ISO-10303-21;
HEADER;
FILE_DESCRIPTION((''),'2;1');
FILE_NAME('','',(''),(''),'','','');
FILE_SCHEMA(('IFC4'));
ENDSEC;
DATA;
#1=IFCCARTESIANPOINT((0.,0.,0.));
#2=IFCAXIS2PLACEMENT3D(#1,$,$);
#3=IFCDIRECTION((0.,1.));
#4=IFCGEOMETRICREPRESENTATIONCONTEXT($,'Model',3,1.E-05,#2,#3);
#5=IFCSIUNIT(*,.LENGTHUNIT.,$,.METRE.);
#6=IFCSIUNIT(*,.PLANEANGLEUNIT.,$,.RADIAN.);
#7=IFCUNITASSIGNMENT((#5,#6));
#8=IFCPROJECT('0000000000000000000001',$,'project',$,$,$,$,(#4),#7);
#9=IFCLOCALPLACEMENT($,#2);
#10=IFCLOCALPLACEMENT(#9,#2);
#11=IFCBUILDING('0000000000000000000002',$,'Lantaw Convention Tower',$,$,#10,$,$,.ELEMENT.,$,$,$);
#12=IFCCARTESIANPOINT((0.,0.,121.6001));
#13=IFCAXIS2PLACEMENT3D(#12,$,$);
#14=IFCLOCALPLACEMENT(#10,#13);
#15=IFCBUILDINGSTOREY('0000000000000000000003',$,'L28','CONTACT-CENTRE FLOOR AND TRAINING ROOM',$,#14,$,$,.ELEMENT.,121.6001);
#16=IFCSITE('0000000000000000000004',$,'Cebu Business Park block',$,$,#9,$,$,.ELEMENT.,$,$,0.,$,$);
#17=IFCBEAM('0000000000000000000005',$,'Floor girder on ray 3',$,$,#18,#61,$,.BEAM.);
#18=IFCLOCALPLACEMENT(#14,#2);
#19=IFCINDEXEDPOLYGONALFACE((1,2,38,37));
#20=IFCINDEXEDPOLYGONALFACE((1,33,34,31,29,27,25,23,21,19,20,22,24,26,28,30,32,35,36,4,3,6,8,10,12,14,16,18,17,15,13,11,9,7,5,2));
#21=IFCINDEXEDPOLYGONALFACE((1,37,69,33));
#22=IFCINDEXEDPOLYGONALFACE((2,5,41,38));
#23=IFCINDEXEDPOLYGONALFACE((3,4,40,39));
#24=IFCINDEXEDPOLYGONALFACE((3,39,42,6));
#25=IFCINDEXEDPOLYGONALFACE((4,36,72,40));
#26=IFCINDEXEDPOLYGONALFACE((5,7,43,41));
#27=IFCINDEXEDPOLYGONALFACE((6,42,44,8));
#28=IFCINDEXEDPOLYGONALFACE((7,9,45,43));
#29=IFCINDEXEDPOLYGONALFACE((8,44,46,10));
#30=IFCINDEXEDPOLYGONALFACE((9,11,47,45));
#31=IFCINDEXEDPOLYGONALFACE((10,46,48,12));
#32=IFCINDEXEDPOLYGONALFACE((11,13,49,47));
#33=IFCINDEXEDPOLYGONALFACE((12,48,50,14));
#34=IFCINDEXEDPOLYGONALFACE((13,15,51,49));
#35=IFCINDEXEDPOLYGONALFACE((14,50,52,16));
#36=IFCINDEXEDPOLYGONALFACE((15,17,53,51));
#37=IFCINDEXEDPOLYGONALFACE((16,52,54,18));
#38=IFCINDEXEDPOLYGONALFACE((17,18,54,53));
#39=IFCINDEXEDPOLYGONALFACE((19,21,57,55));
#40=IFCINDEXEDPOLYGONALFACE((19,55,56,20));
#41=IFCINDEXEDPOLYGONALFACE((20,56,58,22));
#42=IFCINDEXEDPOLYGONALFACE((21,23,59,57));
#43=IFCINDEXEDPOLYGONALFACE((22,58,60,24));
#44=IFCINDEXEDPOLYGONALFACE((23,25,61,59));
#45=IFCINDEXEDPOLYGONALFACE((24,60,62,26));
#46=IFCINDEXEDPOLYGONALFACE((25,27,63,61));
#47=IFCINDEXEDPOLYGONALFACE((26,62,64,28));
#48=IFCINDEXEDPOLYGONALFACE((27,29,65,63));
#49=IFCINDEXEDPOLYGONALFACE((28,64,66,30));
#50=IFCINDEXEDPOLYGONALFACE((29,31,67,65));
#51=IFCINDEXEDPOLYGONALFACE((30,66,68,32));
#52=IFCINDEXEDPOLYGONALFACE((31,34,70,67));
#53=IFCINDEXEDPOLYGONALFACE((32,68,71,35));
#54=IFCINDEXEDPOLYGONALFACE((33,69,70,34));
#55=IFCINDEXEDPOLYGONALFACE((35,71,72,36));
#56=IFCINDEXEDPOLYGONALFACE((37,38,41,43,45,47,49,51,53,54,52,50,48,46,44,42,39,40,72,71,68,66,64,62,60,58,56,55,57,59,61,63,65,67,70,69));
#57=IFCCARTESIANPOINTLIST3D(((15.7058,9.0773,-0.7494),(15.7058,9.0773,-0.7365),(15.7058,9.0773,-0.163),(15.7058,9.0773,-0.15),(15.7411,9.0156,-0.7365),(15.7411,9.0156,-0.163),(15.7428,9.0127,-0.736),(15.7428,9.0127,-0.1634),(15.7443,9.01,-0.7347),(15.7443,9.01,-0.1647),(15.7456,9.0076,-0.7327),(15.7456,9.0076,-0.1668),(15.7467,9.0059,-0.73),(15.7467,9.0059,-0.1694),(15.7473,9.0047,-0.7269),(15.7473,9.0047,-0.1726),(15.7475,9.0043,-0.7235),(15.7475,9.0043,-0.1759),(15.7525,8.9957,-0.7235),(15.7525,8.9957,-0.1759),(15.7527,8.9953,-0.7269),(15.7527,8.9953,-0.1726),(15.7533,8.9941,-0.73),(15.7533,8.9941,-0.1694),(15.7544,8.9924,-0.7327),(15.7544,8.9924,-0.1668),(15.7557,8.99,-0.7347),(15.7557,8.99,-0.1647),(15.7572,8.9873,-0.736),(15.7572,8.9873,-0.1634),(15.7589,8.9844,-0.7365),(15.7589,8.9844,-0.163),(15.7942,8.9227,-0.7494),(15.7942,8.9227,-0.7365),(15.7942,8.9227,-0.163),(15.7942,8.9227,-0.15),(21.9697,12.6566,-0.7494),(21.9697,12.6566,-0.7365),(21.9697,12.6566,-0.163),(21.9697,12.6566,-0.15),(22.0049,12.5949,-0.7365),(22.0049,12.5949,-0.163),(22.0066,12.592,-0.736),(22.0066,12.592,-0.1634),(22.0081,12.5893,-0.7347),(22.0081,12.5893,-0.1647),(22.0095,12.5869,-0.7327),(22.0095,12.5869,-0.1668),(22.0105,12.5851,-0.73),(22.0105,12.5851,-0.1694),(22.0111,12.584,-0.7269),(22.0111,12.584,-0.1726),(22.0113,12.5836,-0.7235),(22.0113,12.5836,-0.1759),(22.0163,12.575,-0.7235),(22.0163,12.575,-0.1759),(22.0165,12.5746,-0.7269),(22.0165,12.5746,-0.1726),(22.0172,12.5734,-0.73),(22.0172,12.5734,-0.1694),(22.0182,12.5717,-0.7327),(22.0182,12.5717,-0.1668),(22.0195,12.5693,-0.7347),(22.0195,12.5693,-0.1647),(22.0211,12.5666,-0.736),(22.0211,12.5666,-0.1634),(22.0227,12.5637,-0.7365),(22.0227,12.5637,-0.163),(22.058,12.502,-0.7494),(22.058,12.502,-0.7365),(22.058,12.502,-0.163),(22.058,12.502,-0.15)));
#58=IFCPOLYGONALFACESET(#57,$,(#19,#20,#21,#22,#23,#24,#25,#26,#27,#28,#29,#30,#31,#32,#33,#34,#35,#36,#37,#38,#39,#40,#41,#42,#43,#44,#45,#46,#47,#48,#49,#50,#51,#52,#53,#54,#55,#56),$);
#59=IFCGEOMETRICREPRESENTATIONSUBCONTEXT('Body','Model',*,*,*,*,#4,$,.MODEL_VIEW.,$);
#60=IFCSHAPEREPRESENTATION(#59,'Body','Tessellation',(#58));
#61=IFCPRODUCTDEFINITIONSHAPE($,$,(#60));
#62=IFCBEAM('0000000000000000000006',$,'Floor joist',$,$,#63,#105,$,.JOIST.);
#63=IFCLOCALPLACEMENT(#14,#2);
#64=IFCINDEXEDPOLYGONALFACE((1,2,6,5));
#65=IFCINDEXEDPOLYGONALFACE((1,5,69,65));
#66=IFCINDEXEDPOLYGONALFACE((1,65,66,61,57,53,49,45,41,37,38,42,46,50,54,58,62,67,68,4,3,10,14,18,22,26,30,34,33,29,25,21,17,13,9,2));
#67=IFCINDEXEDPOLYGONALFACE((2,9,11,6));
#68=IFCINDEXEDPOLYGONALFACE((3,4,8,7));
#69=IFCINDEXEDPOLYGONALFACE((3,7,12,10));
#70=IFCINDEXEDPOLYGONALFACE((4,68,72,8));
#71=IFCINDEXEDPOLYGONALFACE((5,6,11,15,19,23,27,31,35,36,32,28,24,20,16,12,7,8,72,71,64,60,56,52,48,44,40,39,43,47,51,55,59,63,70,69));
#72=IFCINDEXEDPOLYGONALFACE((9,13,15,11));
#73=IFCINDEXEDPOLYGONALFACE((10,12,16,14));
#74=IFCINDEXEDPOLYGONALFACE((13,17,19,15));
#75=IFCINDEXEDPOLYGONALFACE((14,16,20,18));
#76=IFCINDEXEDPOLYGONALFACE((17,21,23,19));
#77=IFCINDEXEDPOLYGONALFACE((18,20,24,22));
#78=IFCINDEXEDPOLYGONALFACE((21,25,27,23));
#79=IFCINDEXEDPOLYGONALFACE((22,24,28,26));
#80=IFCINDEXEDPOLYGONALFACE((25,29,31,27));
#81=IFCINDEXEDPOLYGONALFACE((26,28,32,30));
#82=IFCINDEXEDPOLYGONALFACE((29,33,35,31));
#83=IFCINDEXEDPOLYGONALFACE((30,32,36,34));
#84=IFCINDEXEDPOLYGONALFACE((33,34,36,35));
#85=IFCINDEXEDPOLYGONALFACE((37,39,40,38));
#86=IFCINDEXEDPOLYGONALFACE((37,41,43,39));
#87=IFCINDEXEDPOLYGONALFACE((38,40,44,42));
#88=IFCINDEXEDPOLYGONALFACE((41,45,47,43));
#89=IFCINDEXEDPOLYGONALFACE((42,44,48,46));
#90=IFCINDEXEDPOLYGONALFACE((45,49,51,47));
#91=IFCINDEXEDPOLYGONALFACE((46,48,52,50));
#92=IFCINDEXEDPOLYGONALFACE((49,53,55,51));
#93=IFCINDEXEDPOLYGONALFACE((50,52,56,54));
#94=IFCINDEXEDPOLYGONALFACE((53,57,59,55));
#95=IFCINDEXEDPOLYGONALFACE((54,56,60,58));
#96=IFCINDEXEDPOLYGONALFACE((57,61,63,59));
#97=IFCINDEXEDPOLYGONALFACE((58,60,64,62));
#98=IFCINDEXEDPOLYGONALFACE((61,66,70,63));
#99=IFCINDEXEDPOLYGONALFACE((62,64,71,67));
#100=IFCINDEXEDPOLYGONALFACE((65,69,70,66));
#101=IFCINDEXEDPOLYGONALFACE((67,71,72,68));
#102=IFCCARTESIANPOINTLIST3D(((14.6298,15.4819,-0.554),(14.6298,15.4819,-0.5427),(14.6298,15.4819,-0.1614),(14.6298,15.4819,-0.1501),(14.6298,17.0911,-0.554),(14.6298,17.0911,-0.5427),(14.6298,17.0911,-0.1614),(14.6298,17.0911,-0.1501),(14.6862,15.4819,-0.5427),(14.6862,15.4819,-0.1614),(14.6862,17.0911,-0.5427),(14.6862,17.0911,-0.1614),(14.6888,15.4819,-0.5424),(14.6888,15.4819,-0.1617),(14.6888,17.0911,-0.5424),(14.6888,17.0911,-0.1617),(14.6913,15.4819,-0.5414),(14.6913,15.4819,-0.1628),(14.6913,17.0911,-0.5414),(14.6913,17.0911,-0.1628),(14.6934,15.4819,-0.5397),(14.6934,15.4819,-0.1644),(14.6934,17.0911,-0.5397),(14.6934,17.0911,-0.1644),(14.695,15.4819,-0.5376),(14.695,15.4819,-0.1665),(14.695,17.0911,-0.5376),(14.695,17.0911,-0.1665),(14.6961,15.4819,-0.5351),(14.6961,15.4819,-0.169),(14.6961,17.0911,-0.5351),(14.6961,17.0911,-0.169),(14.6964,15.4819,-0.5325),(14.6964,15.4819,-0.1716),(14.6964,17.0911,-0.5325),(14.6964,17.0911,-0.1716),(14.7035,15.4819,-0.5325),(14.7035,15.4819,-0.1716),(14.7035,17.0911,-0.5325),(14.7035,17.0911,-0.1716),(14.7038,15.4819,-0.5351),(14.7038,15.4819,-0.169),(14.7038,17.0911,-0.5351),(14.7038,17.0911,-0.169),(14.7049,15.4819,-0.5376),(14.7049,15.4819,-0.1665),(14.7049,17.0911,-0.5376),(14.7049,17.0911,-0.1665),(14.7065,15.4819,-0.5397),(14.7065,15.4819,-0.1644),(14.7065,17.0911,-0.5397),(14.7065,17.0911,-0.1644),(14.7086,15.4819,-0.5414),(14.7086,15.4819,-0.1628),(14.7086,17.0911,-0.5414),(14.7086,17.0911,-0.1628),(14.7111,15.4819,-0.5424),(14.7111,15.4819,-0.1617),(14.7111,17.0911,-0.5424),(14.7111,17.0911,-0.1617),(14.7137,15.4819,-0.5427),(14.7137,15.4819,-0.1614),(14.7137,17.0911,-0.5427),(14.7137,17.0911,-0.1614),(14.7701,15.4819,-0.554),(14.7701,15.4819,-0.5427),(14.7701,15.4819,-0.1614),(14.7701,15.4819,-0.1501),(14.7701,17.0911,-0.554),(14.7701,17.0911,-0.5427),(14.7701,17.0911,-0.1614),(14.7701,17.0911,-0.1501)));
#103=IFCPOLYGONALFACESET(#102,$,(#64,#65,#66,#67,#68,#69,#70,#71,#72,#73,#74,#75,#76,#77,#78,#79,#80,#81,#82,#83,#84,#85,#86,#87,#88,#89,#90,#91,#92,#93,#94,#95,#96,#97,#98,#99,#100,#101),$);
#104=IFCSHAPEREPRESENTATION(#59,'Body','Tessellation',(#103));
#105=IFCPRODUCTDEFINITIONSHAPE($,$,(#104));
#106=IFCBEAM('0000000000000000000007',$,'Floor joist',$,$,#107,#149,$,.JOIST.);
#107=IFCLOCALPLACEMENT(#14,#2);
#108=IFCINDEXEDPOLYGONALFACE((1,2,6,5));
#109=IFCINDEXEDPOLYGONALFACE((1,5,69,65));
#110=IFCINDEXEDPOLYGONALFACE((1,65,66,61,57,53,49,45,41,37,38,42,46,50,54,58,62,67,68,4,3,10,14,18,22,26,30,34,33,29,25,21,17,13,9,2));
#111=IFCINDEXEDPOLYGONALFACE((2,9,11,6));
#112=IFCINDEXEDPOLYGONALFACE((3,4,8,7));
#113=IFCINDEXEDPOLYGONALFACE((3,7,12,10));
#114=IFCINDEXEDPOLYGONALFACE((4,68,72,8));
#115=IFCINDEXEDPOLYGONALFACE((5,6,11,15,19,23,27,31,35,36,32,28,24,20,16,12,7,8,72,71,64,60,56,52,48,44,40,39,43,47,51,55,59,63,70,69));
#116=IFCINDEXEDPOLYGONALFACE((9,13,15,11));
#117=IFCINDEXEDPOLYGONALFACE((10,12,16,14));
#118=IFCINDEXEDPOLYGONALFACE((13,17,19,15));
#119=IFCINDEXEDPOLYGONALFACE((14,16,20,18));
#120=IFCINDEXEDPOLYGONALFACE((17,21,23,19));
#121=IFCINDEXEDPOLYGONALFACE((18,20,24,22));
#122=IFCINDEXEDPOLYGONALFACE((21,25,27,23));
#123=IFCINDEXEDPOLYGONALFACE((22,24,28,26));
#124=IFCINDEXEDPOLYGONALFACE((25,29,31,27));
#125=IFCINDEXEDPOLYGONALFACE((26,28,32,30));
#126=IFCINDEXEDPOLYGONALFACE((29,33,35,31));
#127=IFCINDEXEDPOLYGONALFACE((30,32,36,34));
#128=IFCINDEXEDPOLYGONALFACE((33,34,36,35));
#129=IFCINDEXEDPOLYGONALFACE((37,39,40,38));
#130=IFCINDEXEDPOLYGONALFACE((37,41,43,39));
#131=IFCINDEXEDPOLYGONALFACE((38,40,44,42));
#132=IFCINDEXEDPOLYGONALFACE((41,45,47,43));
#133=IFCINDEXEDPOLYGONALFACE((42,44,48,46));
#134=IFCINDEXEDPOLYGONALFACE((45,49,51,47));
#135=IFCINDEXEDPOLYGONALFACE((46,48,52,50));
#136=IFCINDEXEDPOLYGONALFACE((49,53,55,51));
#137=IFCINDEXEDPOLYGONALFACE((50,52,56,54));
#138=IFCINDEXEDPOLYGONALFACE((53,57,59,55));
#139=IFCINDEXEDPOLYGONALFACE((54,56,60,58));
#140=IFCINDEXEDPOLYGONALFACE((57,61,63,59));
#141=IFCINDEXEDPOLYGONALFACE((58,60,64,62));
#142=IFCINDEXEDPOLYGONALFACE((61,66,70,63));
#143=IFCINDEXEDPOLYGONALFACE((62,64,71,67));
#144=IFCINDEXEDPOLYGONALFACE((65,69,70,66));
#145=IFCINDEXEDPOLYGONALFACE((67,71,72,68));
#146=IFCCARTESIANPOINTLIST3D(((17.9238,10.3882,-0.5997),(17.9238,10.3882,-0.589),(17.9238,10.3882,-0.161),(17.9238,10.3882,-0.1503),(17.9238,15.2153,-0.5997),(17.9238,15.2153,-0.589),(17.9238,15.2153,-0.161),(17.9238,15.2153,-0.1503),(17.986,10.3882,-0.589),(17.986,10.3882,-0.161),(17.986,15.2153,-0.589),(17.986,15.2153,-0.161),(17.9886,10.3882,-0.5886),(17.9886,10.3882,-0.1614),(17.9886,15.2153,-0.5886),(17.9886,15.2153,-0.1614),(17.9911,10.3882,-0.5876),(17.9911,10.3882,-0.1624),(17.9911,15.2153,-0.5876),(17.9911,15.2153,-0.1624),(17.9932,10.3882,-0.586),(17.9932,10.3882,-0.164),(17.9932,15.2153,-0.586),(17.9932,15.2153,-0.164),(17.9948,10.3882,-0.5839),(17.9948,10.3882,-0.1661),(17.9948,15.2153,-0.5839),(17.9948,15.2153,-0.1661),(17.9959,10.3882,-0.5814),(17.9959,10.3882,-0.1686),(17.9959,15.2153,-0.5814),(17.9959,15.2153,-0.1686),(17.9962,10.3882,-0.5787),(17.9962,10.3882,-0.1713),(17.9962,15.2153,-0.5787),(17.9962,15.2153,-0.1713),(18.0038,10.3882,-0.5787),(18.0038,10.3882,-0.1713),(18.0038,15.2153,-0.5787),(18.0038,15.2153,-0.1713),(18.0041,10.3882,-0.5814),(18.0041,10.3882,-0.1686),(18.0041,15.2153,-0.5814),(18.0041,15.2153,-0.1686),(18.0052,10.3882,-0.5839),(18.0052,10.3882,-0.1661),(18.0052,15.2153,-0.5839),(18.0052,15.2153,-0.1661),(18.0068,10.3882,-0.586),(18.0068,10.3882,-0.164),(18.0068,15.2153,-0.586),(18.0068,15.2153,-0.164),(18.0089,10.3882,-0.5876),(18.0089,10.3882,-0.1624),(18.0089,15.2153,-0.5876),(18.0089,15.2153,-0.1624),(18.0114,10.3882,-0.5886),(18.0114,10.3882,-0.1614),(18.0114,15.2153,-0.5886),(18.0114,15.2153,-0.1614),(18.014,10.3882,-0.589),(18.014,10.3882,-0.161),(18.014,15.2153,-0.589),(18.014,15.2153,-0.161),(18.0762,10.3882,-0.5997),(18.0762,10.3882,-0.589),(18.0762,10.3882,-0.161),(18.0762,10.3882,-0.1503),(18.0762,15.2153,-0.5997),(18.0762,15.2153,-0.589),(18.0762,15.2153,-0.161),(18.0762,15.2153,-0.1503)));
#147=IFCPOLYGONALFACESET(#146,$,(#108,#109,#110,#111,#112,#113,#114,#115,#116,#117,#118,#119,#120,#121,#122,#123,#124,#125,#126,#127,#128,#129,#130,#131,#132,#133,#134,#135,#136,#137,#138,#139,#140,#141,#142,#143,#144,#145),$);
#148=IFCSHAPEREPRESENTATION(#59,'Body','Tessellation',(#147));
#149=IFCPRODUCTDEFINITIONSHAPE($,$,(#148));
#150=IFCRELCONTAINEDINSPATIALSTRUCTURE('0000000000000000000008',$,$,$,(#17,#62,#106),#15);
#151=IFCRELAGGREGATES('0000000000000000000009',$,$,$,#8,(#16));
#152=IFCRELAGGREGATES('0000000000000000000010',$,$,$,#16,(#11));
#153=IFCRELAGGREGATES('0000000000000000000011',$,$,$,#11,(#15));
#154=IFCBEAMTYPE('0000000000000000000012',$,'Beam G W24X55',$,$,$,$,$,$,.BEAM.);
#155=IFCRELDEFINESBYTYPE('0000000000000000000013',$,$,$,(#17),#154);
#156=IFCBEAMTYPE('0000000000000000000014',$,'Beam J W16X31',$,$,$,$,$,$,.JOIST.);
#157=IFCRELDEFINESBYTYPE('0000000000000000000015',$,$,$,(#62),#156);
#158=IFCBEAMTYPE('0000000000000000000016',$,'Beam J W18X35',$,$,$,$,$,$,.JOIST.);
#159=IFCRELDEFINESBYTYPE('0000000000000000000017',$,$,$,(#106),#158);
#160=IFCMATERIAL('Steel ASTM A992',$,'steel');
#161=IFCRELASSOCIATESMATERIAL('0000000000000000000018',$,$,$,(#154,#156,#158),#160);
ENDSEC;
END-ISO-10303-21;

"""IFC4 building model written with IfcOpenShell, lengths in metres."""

from ifc_helpers import new_model, si_unit, direction, frame, origin, origin_2d, place, context, subcontext, project, spatial, i_section, extrude, material, material_profile, profile_set, type_object, element, save


model = new_model("IFC4")

# Units and contexts
model_context = context("Model", 3, precision=1e-05, world=origin(), true_north=direction((0.0, 1.0)))
body_context = subcontext(model_context, "Body", "Model", "MODEL_VIEW")
ifc_project = project(units=[si_unit("LENGTHUNIT", "METRE"), si_unit("PLANEANGLEUNIT", "RADIAN")], contexts=[model_context])

# Site, building, storey
site_placement = place(None, origin())
site = spatial("IfcSite", under=ifc_project, at=site_placement, Name="Cebu Business Park block", CompositionType="ELEMENT", RefElevation=0.0)
building_placement = place(site_placement, origin())
building = spatial("IfcBuilding", under=site, at=building_placement, Name="Lantaw Convention Tower", CompositionType="ELEMENT")
storey_placement = place(building_placement, frame((0.0, 0.0, 121.6001)))
storey = spatial("IfcBuildingStorey", under=building, at=storey_placement, Name="L28", Description="CONTACT-CENTRE FLOOR AND TRAINING ROOM", CompositionType="ELEMENT", Elevation=121.6001)

# Beams
ifc_material_1 = material(Name="Steel ASTM A992", Category="steel")
ifc_material_profile_1 = material_profile(ifc_material_1, i_section(OverallWidth=0.178, OverallDepth=0.5994, WebThickness=0.01, FlangeThickness=0.0129, FilletRadius=0.0129, at=origin_2d()), Name="W24X55")
ifc_profile_set_1 = profile_set([ifc_material_profile_1], Name="Steel ASTM A992")
beam_type_1 = type_object("IfcBeamType", Name="Beam G W24X55", PredefinedType="BEAM", material=ifc_profile_set_1)
beam_1_placement = place(storey_placement, frame((15.75, 9.0, -0.4497), z_axis=(0.868245, 0.496135, 0.0), x_axis=(-0.496135, 0.868245, 0.0)))
element("IfcBeam", 1, at=beam_1_placement, inside=storey, type_object=beam_type_1, Name="Floor girder on ray 3", PredefinedType="BEAM", context=body_context, shape_type="SweptSolid", body=[
    extrude(i_section(OverallWidth=0.178, OverallDepth=0.5994, WebThickness=0.01, FlangeThickness=0.0129, FilletRadius=0.0129, at=origin_2d()), origin(), (0.0, 0.0, 1.0), 7.2144),
])
ifc_material_profile_2 = material_profile(ifc_material_1, i_section(OverallWidth=0.1404, OverallDepth=0.4038, WebThickness=0.0071, FlangeThickness=0.0112, FilletRadius=0.0103, at=origin_2d()), Name="W16X31")
ifc_profile_set_2 = profile_set([ifc_material_profile_2], Name="Steel ASTM A992")
beam_type_2 = type_object("IfcBeamType", Name="Beam J W16X31", PredefinedType="JOIST", material=ifc_profile_set_2)
beam_2_placement = place(storey_placement, frame((14.7, 15.4819, -0.3521), z_axis=(0.0, 1.0, 0.0), x_axis=(-1.0, 0.0, 0.0)))
element("IfcBeam", 2, at=beam_2_placement, inside=storey, type_object=beam_type_2, Name="Floor joist", PredefinedType="JOIST", context=body_context, shape_type="SweptSolid", body=[
    extrude(i_section(OverallWidth=0.1404, OverallDepth=0.4038, WebThickness=0.0071, FlangeThickness=0.0112, FilletRadius=0.0103, at=origin_2d()), origin(), (0.0, 0.0, 1.0), 1.6091),
])
ifc_material_profile_3 = material_profile(ifc_material_1, i_section(OverallWidth=0.1523, OverallDepth=0.4495, WebThickness=0.0076, FlangeThickness=0.0107, FilletRadius=0.0103, at=origin_2d()), Name="W18X35")
ifc_profile_set_3 = profile_set([ifc_material_profile_3], Name="Steel ASTM A992")
beam_type_3 = type_object("IfcBeamType", Name="Beam J W18X35", PredefinedType="JOIST", material=ifc_profile_set_3)
beam_3_placement = place(storey_placement, frame((18.0, 10.3882, -0.375), z_axis=(0.0, 1.0, 0.0), x_axis=(-1.0, 0.0, 0.0)))
element("IfcBeam", 3, at=beam_3_placement, inside=storey, type_object=beam_type_3, Name="Floor joist", PredefinedType="JOIST", context=body_context, shape_type="SweptSolid", body=[
    extrude(i_section(OverallWidth=0.1523, OverallDepth=0.4495, WebThickness=0.0076, FlangeThickness=0.0107, FilletRadius=0.0103, at=origin_2d()), origin(), (0.0, 0.0, 1.0), 4.8271),
])

save(model, "model.ifc")
